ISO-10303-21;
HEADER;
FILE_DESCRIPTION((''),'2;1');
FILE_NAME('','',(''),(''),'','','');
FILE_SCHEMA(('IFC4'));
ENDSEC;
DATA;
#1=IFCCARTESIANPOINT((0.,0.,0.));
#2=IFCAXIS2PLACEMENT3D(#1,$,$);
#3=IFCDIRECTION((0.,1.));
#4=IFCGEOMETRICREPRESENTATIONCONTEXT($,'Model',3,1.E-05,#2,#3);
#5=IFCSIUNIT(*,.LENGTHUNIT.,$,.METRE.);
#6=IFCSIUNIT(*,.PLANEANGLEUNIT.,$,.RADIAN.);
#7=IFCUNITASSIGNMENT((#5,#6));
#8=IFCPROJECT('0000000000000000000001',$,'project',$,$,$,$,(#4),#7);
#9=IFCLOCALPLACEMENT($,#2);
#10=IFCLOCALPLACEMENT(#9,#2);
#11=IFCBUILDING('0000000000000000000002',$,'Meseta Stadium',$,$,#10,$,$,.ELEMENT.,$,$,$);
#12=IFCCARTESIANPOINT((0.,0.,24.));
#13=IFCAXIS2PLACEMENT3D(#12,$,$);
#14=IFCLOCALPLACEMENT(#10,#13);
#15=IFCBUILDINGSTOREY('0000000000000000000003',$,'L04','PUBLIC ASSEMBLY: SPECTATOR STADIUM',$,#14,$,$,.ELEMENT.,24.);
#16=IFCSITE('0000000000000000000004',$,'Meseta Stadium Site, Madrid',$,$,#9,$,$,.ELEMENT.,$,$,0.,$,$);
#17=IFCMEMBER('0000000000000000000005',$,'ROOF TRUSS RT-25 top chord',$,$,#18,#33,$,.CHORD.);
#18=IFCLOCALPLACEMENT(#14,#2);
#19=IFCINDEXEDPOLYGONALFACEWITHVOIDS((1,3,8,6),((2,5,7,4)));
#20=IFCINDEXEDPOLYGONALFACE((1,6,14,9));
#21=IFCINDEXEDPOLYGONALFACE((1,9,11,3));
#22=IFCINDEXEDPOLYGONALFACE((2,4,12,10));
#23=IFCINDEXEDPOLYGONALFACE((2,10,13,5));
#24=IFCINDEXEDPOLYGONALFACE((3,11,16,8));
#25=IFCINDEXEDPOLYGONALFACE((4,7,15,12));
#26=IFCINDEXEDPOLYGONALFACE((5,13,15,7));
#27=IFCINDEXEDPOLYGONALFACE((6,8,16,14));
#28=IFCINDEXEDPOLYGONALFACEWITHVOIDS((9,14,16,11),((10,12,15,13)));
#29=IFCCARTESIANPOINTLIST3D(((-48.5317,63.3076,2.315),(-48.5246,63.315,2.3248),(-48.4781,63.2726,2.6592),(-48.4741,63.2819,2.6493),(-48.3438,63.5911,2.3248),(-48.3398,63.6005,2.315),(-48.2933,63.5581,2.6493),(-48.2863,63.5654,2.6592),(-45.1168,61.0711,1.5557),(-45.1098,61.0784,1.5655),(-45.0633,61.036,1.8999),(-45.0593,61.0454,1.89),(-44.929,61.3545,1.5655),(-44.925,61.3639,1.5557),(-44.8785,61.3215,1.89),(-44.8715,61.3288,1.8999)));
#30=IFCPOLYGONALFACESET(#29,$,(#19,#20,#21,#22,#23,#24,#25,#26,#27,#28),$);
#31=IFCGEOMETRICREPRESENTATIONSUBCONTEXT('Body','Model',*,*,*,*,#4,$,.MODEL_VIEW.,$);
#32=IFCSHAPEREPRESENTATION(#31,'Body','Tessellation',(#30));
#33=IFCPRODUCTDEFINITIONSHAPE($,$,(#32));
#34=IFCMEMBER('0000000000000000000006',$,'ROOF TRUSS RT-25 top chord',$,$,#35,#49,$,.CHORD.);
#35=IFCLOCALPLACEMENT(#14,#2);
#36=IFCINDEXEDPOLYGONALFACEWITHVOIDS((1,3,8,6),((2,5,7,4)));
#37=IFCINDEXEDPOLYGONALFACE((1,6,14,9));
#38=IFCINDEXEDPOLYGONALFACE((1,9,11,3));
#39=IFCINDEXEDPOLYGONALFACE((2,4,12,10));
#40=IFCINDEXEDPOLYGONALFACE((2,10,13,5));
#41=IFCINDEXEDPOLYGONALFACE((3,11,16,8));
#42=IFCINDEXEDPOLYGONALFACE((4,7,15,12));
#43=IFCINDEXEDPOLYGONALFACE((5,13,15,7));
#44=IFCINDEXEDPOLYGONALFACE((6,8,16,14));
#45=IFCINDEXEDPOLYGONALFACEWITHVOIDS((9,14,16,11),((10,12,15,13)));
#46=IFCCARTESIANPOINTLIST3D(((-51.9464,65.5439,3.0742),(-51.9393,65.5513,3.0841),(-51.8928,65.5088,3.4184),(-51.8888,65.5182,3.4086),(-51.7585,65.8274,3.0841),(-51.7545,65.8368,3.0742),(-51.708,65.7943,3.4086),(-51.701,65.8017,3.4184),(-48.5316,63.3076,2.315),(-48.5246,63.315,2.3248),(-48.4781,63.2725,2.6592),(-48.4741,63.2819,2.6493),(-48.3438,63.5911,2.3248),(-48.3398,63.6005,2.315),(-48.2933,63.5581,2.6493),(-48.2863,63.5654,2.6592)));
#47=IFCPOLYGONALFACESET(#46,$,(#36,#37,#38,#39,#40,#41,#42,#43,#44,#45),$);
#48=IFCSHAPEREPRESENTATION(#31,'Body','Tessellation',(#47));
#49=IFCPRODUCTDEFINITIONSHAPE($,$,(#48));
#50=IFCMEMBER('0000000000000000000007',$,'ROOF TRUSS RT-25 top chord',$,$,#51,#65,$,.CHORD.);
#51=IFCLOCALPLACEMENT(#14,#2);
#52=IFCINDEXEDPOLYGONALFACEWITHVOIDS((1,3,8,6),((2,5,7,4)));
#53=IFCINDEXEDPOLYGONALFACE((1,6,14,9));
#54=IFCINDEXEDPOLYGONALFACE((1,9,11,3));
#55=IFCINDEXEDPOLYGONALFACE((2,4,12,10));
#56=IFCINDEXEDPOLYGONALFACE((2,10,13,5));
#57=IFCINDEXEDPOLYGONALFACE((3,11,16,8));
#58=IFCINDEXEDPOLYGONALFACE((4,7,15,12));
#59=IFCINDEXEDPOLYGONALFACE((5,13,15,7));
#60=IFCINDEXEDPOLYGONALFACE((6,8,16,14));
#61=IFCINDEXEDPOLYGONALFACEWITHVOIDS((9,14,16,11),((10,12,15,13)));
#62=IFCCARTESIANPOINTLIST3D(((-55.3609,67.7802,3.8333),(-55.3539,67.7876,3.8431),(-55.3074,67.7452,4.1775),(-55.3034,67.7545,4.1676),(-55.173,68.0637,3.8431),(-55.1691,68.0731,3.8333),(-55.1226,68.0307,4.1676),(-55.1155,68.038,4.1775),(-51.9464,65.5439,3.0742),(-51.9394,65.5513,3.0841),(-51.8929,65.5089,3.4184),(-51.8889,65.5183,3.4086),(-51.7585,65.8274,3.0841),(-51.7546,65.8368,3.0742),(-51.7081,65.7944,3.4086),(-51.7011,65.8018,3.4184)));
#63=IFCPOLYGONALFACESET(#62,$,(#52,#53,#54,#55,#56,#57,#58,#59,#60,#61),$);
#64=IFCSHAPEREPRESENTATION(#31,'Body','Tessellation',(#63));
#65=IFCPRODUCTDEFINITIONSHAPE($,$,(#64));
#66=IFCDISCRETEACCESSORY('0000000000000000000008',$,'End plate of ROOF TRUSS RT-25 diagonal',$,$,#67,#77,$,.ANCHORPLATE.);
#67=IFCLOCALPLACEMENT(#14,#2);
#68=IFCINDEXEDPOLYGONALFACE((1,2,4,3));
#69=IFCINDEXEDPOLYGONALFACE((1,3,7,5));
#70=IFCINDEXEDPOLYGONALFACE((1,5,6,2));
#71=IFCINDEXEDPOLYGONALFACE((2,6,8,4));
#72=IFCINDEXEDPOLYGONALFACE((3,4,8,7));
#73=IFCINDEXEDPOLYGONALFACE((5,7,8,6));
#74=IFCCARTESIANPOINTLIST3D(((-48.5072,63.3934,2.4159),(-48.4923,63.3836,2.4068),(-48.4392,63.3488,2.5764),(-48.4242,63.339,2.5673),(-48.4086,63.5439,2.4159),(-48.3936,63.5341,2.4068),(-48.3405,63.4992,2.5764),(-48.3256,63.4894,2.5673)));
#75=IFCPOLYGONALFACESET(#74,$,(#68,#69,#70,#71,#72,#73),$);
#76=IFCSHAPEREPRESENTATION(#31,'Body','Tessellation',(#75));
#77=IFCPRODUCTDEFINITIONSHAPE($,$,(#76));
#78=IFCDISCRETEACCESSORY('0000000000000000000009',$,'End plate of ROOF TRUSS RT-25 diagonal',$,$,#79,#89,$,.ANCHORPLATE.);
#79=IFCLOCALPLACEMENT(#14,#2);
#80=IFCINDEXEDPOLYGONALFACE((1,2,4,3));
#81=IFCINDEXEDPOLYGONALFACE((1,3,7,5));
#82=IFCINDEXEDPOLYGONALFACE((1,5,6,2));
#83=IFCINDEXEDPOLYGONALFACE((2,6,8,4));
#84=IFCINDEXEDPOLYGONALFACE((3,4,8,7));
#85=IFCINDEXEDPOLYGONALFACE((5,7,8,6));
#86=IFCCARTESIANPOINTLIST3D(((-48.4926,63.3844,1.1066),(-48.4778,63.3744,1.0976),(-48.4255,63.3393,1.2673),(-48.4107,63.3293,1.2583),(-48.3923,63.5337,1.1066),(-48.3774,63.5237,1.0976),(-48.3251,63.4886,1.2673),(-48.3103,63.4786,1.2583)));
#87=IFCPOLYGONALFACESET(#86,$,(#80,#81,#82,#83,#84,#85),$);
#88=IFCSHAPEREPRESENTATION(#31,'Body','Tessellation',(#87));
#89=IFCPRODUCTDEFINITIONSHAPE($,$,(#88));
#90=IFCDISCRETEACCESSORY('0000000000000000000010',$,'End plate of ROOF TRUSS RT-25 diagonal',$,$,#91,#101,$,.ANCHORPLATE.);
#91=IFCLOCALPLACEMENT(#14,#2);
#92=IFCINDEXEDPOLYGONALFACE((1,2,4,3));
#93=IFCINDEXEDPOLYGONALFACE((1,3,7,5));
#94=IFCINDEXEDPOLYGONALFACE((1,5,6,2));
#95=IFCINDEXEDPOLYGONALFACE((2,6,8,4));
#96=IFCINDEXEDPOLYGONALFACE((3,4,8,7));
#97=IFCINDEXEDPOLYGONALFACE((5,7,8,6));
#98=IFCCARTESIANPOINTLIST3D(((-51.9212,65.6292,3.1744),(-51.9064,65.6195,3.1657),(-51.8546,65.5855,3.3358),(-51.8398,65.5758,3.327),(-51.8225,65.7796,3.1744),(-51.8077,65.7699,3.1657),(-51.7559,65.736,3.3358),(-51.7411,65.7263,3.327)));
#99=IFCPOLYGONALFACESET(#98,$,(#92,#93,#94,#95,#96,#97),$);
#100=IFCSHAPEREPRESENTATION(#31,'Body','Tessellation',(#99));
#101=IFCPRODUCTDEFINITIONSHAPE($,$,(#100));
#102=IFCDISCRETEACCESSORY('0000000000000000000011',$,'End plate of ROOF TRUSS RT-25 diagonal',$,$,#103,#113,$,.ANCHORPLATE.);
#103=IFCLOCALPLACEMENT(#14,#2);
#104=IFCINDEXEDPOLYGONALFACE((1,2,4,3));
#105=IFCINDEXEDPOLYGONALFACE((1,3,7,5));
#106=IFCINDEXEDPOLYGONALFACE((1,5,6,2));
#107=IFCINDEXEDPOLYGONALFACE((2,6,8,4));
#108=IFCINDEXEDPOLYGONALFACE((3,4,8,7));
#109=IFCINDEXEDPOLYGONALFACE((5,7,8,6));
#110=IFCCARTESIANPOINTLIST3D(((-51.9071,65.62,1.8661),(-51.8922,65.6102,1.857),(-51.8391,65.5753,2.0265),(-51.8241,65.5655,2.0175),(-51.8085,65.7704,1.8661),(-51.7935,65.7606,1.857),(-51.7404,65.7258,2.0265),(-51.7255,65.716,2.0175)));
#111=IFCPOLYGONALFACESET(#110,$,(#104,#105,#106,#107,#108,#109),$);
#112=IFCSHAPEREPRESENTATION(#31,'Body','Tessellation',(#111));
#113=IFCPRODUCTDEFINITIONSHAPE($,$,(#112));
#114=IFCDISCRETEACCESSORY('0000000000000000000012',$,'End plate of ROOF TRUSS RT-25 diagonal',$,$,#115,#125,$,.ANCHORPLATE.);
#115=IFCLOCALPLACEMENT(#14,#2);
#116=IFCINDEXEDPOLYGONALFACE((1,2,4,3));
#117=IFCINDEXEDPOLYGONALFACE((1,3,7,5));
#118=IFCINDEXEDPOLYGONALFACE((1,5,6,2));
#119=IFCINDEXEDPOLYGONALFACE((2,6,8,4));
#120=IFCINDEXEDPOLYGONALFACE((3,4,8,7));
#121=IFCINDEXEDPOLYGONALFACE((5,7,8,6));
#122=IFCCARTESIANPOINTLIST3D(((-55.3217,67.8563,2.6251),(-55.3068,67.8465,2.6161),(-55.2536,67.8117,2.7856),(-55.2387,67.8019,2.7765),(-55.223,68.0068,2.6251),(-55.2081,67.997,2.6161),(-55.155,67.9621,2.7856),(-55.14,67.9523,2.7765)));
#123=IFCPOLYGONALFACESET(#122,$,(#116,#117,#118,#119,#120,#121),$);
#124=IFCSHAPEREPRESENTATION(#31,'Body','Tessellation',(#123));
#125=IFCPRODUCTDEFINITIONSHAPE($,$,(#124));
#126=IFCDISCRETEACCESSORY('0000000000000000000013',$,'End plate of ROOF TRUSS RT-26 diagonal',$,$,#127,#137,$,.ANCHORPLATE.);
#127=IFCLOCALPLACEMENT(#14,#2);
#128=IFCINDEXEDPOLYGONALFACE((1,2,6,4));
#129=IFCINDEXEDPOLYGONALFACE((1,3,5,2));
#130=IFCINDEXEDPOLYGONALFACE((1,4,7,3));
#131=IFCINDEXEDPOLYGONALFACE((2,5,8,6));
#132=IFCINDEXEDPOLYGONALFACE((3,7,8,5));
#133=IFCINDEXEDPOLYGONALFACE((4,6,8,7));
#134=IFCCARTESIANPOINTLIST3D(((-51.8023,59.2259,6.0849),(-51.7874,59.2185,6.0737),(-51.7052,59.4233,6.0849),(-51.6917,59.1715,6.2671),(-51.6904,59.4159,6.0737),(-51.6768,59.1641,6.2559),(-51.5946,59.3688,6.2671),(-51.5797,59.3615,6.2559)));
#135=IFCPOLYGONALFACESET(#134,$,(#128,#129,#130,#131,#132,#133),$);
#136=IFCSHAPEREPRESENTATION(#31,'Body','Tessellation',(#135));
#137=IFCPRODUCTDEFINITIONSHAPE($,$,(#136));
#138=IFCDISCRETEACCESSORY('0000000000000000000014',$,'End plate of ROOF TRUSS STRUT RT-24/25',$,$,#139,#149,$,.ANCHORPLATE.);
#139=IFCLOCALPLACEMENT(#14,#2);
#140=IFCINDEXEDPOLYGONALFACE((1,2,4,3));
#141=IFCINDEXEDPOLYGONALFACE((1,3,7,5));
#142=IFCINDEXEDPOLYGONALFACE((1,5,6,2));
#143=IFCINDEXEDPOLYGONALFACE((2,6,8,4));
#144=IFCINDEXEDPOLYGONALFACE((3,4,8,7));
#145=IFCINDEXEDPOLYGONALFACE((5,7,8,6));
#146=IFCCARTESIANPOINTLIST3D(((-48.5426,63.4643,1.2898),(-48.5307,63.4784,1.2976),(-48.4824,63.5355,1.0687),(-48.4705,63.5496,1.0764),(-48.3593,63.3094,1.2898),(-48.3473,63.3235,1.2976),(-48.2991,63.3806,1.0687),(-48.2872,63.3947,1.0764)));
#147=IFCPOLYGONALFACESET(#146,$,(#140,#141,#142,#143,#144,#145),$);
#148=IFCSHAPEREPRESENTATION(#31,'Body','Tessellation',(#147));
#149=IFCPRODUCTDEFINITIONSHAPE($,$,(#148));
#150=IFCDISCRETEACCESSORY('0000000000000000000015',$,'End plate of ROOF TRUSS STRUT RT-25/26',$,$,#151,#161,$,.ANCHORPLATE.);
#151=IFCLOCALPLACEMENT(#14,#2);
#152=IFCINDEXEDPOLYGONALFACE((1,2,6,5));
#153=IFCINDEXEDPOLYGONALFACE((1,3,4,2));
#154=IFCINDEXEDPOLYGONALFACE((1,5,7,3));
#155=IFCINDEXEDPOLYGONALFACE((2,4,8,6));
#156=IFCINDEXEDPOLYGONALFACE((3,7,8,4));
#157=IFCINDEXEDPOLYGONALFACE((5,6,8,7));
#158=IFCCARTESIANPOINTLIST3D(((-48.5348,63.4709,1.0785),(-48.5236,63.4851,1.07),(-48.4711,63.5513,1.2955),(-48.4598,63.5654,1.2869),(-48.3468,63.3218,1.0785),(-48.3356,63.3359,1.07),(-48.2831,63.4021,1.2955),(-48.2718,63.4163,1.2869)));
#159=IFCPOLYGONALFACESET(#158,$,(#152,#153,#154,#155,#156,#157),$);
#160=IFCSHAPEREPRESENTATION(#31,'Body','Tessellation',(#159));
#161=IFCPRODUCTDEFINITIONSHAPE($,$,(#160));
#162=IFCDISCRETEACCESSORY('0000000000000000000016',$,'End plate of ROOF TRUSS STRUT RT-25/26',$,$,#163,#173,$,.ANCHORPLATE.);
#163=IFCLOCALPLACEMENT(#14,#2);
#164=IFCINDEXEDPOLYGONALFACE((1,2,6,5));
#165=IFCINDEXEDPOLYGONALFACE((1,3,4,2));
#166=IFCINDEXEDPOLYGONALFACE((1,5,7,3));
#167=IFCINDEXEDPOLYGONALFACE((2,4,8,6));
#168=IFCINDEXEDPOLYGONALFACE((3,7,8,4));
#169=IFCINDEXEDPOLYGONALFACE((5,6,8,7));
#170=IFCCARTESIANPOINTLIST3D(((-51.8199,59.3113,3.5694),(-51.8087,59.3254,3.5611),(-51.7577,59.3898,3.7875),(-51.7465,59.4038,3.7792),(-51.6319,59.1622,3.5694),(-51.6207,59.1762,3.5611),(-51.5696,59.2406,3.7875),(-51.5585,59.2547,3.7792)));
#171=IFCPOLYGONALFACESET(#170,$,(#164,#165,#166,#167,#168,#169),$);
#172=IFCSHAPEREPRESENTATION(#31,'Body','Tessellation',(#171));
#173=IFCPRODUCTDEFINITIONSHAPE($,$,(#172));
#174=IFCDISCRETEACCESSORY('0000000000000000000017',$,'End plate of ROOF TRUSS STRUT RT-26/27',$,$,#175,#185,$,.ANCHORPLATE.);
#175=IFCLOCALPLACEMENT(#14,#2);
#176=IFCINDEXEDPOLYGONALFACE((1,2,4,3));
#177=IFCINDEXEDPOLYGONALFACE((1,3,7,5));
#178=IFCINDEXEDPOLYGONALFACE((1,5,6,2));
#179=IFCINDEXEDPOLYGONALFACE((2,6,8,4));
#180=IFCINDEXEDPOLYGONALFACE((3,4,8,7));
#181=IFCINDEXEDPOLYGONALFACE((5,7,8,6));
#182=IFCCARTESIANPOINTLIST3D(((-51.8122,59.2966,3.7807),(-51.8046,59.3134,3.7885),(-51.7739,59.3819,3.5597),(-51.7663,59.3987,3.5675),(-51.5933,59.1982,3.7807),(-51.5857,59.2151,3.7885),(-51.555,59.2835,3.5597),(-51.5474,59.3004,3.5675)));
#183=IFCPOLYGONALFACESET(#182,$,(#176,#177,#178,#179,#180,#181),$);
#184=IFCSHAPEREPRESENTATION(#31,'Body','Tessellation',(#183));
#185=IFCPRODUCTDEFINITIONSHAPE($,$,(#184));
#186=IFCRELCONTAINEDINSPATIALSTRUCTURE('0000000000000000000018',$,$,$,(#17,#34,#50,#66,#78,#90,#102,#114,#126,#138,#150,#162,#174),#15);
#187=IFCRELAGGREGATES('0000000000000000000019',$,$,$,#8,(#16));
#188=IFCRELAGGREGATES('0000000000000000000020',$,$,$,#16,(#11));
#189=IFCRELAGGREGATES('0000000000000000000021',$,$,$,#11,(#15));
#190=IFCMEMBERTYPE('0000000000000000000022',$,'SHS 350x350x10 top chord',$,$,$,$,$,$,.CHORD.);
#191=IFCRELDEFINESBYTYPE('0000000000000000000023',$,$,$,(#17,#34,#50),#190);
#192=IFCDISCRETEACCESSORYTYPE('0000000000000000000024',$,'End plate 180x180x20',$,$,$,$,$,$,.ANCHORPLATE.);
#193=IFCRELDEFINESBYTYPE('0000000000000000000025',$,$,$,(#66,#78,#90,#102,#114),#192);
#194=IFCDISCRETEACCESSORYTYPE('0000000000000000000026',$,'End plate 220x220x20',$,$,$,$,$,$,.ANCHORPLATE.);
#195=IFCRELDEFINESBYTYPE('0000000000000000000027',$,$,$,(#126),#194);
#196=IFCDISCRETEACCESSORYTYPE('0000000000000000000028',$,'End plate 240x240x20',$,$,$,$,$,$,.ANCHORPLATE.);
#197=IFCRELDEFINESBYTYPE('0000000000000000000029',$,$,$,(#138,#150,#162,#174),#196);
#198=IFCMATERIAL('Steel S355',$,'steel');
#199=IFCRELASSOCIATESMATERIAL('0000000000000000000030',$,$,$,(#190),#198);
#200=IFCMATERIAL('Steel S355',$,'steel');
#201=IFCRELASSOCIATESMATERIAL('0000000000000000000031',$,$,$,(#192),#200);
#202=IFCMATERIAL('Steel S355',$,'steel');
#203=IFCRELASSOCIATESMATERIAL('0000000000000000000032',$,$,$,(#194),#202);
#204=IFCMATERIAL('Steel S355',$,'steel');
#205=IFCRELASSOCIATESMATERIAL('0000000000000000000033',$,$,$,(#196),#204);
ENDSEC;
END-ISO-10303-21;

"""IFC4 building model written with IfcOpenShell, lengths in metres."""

from ifc_helpers import new_model, si_unit, direction, frame, origin, origin_2d, place, context, subcontext, project, spatial, rectangle, hollow_rectangle, extrude, material, material_profile, profile_set, type_object, element, save


model = new_model("IFC4")

# Units and contexts
model_context = context("Model", 3, precision=1e-05, world=origin(), true_north=direction((0.0, 1.0)))
body_context = subcontext(model_context, "Body", "Model", "MODEL_VIEW")
ifc_project = project(units=[si_unit("LENGTHUNIT", "METRE"), si_unit("PLANEANGLEUNIT", "RADIAN")], contexts=[model_context])

# Site, building, storey
site_placement = place(None, origin())
site = spatial("IfcSite", under=ifc_project, at=site_placement, Name="Meseta Stadium Site, Madrid", CompositionType="ELEMENT", RefElevation=0.0)
building_placement = place(site_placement, origin())
building = spatial("IfcBuilding", under=site, at=building_placement, Name="Meseta Stadium", CompositionType="ELEMENT")
storey_placement = place(building_placement, frame((0.0, 0.0, 24.0)))
storey = spatial("IfcBuildingStorey", under=building, at=storey_placement, Name="L04", Description="PUBLIC ASSEMBLY: SPECTATOR STADIUM", CompositionType="ELEMENT", Elevation=24.0)

# Members
ifc_material_1 = material(Name="Steel S355", Category="steel")
ifc_material_profile_1 = material_profile(ifc_material_1, hollow_rectangle(XDim=0.3501, YDim=0.3501, WallThickness=0.01, at=origin_2d()), Name="SHS 350x350x10")
ifc_profile_set_1 = profile_set([ifc_material_profile_1], Name="Steel S355")
member_type_1 = type_object("IfcMemberType", Name="SHS 350x350x10 top chord", PredefinedType="CHORD", material=ifc_profile_set_1)
member_1_placement = place(storey_placement, frame((-44.9941, 61.2, 1.7278), z_axis=(-0.822434, 0.538666, 0.182868), x_axis=(-0.547905, -0.836541, 0.0)))
element("IfcMember", 1, at=member_1_placement, inside=storey, type_object=member_type_1, Name="ROOF TRUSS RT-25 top chord", PredefinedType="CHORD", context=body_context, shape_type="SweptSolid", body=[
    extrude(hollow_rectangle(XDim=0.3501, YDim=0.3501, WallThickness=0.01, at=origin_2d()), origin(), (0.0, 0.0, 1.0), 4.1521),
])
member_2_placement = place(storey_placement, frame((-48.4089, 63.4365, 2.4871), z_axis=(-0.82246, 0.538624, 0.182874), x_axis=(-0.547863, -0.836568, 0.0)))
element("IfcMember", 2, at=member_2_placement, inside=storey, type_object=member_type_1, Name="ROOF TRUSS RT-25 top chord", PredefinedType="CHORD", context=body_context, shape_type="SweptSolid", body=[
    extrude(hollow_rectangle(XDim=0.3501, YDim=0.3501, WallThickness=0.01, at=origin_2d()), origin(), (0.0, 0.0, 1.0), 4.1519),
])
member_3_placement = place(storey_placement, frame((-51.8237, 65.6729, 3.2463), z_axis=(-0.82245, 0.538656, 0.182826), x_axis=(-0.547891, -0.83655, 0.0)))
element("IfcMember", 3, at=member_3_placement, inside=storey, type_object=member_type_1, Name="ROOF TRUSS RT-25 top chord", PredefinedType="CHORD", context=body_context, shape_type="SweptSolid", body=[
    extrude(hollow_rectangle(XDim=0.3501, YDim=0.3501, WallThickness=0.01, at=origin_2d()), origin(), (0.0, 0.0, 1.0), 4.1516),
])

# Discrete accessories
ifc_material_2 = material(Name="Steel S355", Category="steel")
ifc_material_profile_2 = material_profile(ifc_material_2, rectangle(XDim=0.1799, YDim=0.1799, at=origin_2d()), Name="PL 180x180")
ifc_profile_set_2 = profile_set([ifc_material_profile_2], Name="Steel S355")
discrete_accessory_type_1 = type_object("IfcDiscreteAccessoryType", Name="End plate 180x180x20", PredefinedType="ANCHORPLATE", material=ifc_profile_set_2)
for number, where, z_axis, x_axis, name in (
    (4, (-48.4089, 63.4365, 2.4871), (-0.74579, 0.489043, 0.452365), (-0.548357, -0.836244, 0.0), "End plate of ROOF TRUSS RT-25 diagonal"),
    (5, (-48.394, 63.4265, 1.178), (-0.741316, 0.498262, 0.449651), (-0.557836, -0.829951, 0.0), "End plate of ROOF TRUSS RT-25 diagonal"),
):
    element("IfcDiscreteAccessory", number, at=place(storey_placement, frame(where, z_axis=z_axis, x_axis=x_axis)), inside=storey, type_object=discrete_accessory_type_1, Name=name, PredefinedType="ANCHORPLATE", context=body_context, shape_type="SweptSolid", body=[
        extrude(rectangle(XDim=0.1799, YDim=0.1799, at=origin_2d()), origin(), (0.0, 0.0, 1.0), 0.02),
    ])
discrete_accessory_1_placement = place(storey_placement, frame((-51.8237, 65.6729, 3.2463), z_axis=(-0.749893, 0.491733, 0.44256), x_axis=(-0.548357, -0.836244, 0.0)))
element("IfcDiscreteAccessory", 6, at=discrete_accessory_1_placement, inside=storey, type_object=discrete_accessory_type_1, Name="End plate of ROOF TRUSS RT-25 diagonal", PredefinedType="ANCHORPLATE", context=body_context, shape_type="SweptSolid", body=[
    extrude(rectangle(XDim=0.1799, YDim=0.1799, at=origin_2d()), origin(), (0.0, 0.0, 1.0), 0.0198),
])
for number, where, z_axis, x_axis, name in (
    (7, (-51.8088, 65.6631, 1.9373), (-0.74579, 0.489043, 0.452365), (-0.548357, -0.836244, 0.0), "End plate of ROOF TRUSS RT-25 diagonal"),
    (8, (-55.2234, 67.8994, 2.6963), (-0.74579, 0.489043, 0.452365), (-0.548357, -0.836244, 0.0), "End plate of ROOF TRUSS RT-25 diagonal"),
):
    element("IfcDiscreteAccessory", number, at=place(storey_placement, frame(where, z_axis=z_axis, x_axis=x_axis)), inside=storey, type_object=discrete_accessory_type_1, Name=name, PredefinedType="ANCHORPLATE", context=body_context, shape_type="SweptSolid", body=[
        extrude(rectangle(XDim=0.1799, YDim=0.1799, at=origin_2d()), origin(), (0.0, 0.0, 1.0), 0.02),
    ])
ifc_material_3 = material(Name="Steel S355", Category="steel")
ifc_material_profile_3 = material_profile(ifc_material_3, rectangle(XDim=0.22, YDim=0.22, at=origin_2d()), Name="PL 220x220")
ifc_profile_set_3 = profile_set([ifc_material_profile_3], Name="Steel S355")
discrete_accessory_type_2 = type_object("IfcDiscreteAccessoryType", Name="End plate 220x220x20", PredefinedType="ANCHORPLATE", material=ifc_profile_set_3)
discrete_accessory_2_placement = place(storey_placement, frame((-51.6836, 59.29, 6.1648), z_axis=(-0.743184, 0.365501, 0.560434), x_axis=(-0.44132, -0.89735, 0.0)))
element("IfcDiscreteAccessory", 9, at=discrete_accessory_2_placement, inside=storey, type_object=discrete_accessory_type_2, Name="End plate of ROOF TRUSS RT-26 diagonal", PredefinedType="ANCHORPLATE", context=body_context, shape_type="SweptSolid", body=[
    extrude(rectangle(XDim=0.22, YDim=0.22, at=origin_2d()), origin(), (0.0, 0.0, 1.0), 0.02),
])
ifc_material_4 = material(Name="Steel S355", Category="steel")
ifc_material_profile_4 = material_profile(ifc_material_4, rectangle(XDim=0.24, YDim=0.24, at=origin_2d()), Name="PL 240x240")
ifc_profile_set_4 = profile_set([ifc_material_profile_4], Name="Steel S355")
discrete_accessory_type_3 = type_object("IfcDiscreteAccessoryType", Name="End plate 240x240x20", PredefinedType="ANCHORPLATE", material=ifc_profile_set_4)
for number, where, z_axis, x_axis, name in (
    (10, (-48.4089, 63.4365, 1.187), (-0.594693, -0.703923, -0.388371), (0.763886, -0.645352, 0.0), "End plate of ROOF TRUSS STRUT RT-24/25"),
    (11, (-48.3977, 63.4507, 1.1785), (-0.56177, -0.708319, 0.427434), (0.783498, -0.621395, 0.0), "End plate of ROOF TRUSS STRUT RT-25/26"),
):
    element("IfcDiscreteAccessory", number, at=place(storey_placement, frame(where, z_axis=z_axis, x_axis=x_axis)), inside=storey, type_object=discrete_accessory_type_3, Name=name, PredefinedType="ANCHORPLATE", context=body_context, shape_type="SweptSolid", body=[
        extrude(rectangle(XDim=0.24, YDim=0.24, at=origin_2d()), origin(), (0.0, 0.0, 1.0), 0.02),
    ])
discrete_accessory_3_placement = place(storey_placement, frame((-51.6836, 59.29, 3.6702), z_axis=(-0.564683, -0.711991, 0.417374), x_axis=(0.783498, -0.621395, 0.0)))
element("IfcDiscreteAccessory", 12, at=discrete_accessory_3_placement, inside=storey, type_object=discrete_accessory_type_3, Name="End plate of ROOF TRUSS STRUT RT-25/26", PredefinedType="ANCHORPLATE", context=body_context, shape_type="SweptSolid", body=[
    extrude(rectangle(XDim=0.24, YDim=0.24, at=origin_2d()), origin(), (0.0, 0.0, 1.0), 0.0198),
])
discrete_accessory_4_placement = place(storey_placement, frame((-51.676, 59.3069, 3.678), z_axis=(-0.377432, -0.84009, -0.389607), x_axis=(0.912169, -0.409815, 0.0)))
element("IfcDiscreteAccessory", 13, at=discrete_accessory_4_placement, inside=storey, type_object=discrete_accessory_type_3, Name="End plate of ROOF TRUSS STRUT RT-26/27", PredefinedType="ANCHORPLATE", context=body_context, shape_type="SweptSolid", body=[
    extrude(rectangle(XDim=0.24, YDim=0.24, at=origin_2d()), origin(), (0.0, 0.0, 1.0), 0.02),
])

save(model, "model.ifc")
